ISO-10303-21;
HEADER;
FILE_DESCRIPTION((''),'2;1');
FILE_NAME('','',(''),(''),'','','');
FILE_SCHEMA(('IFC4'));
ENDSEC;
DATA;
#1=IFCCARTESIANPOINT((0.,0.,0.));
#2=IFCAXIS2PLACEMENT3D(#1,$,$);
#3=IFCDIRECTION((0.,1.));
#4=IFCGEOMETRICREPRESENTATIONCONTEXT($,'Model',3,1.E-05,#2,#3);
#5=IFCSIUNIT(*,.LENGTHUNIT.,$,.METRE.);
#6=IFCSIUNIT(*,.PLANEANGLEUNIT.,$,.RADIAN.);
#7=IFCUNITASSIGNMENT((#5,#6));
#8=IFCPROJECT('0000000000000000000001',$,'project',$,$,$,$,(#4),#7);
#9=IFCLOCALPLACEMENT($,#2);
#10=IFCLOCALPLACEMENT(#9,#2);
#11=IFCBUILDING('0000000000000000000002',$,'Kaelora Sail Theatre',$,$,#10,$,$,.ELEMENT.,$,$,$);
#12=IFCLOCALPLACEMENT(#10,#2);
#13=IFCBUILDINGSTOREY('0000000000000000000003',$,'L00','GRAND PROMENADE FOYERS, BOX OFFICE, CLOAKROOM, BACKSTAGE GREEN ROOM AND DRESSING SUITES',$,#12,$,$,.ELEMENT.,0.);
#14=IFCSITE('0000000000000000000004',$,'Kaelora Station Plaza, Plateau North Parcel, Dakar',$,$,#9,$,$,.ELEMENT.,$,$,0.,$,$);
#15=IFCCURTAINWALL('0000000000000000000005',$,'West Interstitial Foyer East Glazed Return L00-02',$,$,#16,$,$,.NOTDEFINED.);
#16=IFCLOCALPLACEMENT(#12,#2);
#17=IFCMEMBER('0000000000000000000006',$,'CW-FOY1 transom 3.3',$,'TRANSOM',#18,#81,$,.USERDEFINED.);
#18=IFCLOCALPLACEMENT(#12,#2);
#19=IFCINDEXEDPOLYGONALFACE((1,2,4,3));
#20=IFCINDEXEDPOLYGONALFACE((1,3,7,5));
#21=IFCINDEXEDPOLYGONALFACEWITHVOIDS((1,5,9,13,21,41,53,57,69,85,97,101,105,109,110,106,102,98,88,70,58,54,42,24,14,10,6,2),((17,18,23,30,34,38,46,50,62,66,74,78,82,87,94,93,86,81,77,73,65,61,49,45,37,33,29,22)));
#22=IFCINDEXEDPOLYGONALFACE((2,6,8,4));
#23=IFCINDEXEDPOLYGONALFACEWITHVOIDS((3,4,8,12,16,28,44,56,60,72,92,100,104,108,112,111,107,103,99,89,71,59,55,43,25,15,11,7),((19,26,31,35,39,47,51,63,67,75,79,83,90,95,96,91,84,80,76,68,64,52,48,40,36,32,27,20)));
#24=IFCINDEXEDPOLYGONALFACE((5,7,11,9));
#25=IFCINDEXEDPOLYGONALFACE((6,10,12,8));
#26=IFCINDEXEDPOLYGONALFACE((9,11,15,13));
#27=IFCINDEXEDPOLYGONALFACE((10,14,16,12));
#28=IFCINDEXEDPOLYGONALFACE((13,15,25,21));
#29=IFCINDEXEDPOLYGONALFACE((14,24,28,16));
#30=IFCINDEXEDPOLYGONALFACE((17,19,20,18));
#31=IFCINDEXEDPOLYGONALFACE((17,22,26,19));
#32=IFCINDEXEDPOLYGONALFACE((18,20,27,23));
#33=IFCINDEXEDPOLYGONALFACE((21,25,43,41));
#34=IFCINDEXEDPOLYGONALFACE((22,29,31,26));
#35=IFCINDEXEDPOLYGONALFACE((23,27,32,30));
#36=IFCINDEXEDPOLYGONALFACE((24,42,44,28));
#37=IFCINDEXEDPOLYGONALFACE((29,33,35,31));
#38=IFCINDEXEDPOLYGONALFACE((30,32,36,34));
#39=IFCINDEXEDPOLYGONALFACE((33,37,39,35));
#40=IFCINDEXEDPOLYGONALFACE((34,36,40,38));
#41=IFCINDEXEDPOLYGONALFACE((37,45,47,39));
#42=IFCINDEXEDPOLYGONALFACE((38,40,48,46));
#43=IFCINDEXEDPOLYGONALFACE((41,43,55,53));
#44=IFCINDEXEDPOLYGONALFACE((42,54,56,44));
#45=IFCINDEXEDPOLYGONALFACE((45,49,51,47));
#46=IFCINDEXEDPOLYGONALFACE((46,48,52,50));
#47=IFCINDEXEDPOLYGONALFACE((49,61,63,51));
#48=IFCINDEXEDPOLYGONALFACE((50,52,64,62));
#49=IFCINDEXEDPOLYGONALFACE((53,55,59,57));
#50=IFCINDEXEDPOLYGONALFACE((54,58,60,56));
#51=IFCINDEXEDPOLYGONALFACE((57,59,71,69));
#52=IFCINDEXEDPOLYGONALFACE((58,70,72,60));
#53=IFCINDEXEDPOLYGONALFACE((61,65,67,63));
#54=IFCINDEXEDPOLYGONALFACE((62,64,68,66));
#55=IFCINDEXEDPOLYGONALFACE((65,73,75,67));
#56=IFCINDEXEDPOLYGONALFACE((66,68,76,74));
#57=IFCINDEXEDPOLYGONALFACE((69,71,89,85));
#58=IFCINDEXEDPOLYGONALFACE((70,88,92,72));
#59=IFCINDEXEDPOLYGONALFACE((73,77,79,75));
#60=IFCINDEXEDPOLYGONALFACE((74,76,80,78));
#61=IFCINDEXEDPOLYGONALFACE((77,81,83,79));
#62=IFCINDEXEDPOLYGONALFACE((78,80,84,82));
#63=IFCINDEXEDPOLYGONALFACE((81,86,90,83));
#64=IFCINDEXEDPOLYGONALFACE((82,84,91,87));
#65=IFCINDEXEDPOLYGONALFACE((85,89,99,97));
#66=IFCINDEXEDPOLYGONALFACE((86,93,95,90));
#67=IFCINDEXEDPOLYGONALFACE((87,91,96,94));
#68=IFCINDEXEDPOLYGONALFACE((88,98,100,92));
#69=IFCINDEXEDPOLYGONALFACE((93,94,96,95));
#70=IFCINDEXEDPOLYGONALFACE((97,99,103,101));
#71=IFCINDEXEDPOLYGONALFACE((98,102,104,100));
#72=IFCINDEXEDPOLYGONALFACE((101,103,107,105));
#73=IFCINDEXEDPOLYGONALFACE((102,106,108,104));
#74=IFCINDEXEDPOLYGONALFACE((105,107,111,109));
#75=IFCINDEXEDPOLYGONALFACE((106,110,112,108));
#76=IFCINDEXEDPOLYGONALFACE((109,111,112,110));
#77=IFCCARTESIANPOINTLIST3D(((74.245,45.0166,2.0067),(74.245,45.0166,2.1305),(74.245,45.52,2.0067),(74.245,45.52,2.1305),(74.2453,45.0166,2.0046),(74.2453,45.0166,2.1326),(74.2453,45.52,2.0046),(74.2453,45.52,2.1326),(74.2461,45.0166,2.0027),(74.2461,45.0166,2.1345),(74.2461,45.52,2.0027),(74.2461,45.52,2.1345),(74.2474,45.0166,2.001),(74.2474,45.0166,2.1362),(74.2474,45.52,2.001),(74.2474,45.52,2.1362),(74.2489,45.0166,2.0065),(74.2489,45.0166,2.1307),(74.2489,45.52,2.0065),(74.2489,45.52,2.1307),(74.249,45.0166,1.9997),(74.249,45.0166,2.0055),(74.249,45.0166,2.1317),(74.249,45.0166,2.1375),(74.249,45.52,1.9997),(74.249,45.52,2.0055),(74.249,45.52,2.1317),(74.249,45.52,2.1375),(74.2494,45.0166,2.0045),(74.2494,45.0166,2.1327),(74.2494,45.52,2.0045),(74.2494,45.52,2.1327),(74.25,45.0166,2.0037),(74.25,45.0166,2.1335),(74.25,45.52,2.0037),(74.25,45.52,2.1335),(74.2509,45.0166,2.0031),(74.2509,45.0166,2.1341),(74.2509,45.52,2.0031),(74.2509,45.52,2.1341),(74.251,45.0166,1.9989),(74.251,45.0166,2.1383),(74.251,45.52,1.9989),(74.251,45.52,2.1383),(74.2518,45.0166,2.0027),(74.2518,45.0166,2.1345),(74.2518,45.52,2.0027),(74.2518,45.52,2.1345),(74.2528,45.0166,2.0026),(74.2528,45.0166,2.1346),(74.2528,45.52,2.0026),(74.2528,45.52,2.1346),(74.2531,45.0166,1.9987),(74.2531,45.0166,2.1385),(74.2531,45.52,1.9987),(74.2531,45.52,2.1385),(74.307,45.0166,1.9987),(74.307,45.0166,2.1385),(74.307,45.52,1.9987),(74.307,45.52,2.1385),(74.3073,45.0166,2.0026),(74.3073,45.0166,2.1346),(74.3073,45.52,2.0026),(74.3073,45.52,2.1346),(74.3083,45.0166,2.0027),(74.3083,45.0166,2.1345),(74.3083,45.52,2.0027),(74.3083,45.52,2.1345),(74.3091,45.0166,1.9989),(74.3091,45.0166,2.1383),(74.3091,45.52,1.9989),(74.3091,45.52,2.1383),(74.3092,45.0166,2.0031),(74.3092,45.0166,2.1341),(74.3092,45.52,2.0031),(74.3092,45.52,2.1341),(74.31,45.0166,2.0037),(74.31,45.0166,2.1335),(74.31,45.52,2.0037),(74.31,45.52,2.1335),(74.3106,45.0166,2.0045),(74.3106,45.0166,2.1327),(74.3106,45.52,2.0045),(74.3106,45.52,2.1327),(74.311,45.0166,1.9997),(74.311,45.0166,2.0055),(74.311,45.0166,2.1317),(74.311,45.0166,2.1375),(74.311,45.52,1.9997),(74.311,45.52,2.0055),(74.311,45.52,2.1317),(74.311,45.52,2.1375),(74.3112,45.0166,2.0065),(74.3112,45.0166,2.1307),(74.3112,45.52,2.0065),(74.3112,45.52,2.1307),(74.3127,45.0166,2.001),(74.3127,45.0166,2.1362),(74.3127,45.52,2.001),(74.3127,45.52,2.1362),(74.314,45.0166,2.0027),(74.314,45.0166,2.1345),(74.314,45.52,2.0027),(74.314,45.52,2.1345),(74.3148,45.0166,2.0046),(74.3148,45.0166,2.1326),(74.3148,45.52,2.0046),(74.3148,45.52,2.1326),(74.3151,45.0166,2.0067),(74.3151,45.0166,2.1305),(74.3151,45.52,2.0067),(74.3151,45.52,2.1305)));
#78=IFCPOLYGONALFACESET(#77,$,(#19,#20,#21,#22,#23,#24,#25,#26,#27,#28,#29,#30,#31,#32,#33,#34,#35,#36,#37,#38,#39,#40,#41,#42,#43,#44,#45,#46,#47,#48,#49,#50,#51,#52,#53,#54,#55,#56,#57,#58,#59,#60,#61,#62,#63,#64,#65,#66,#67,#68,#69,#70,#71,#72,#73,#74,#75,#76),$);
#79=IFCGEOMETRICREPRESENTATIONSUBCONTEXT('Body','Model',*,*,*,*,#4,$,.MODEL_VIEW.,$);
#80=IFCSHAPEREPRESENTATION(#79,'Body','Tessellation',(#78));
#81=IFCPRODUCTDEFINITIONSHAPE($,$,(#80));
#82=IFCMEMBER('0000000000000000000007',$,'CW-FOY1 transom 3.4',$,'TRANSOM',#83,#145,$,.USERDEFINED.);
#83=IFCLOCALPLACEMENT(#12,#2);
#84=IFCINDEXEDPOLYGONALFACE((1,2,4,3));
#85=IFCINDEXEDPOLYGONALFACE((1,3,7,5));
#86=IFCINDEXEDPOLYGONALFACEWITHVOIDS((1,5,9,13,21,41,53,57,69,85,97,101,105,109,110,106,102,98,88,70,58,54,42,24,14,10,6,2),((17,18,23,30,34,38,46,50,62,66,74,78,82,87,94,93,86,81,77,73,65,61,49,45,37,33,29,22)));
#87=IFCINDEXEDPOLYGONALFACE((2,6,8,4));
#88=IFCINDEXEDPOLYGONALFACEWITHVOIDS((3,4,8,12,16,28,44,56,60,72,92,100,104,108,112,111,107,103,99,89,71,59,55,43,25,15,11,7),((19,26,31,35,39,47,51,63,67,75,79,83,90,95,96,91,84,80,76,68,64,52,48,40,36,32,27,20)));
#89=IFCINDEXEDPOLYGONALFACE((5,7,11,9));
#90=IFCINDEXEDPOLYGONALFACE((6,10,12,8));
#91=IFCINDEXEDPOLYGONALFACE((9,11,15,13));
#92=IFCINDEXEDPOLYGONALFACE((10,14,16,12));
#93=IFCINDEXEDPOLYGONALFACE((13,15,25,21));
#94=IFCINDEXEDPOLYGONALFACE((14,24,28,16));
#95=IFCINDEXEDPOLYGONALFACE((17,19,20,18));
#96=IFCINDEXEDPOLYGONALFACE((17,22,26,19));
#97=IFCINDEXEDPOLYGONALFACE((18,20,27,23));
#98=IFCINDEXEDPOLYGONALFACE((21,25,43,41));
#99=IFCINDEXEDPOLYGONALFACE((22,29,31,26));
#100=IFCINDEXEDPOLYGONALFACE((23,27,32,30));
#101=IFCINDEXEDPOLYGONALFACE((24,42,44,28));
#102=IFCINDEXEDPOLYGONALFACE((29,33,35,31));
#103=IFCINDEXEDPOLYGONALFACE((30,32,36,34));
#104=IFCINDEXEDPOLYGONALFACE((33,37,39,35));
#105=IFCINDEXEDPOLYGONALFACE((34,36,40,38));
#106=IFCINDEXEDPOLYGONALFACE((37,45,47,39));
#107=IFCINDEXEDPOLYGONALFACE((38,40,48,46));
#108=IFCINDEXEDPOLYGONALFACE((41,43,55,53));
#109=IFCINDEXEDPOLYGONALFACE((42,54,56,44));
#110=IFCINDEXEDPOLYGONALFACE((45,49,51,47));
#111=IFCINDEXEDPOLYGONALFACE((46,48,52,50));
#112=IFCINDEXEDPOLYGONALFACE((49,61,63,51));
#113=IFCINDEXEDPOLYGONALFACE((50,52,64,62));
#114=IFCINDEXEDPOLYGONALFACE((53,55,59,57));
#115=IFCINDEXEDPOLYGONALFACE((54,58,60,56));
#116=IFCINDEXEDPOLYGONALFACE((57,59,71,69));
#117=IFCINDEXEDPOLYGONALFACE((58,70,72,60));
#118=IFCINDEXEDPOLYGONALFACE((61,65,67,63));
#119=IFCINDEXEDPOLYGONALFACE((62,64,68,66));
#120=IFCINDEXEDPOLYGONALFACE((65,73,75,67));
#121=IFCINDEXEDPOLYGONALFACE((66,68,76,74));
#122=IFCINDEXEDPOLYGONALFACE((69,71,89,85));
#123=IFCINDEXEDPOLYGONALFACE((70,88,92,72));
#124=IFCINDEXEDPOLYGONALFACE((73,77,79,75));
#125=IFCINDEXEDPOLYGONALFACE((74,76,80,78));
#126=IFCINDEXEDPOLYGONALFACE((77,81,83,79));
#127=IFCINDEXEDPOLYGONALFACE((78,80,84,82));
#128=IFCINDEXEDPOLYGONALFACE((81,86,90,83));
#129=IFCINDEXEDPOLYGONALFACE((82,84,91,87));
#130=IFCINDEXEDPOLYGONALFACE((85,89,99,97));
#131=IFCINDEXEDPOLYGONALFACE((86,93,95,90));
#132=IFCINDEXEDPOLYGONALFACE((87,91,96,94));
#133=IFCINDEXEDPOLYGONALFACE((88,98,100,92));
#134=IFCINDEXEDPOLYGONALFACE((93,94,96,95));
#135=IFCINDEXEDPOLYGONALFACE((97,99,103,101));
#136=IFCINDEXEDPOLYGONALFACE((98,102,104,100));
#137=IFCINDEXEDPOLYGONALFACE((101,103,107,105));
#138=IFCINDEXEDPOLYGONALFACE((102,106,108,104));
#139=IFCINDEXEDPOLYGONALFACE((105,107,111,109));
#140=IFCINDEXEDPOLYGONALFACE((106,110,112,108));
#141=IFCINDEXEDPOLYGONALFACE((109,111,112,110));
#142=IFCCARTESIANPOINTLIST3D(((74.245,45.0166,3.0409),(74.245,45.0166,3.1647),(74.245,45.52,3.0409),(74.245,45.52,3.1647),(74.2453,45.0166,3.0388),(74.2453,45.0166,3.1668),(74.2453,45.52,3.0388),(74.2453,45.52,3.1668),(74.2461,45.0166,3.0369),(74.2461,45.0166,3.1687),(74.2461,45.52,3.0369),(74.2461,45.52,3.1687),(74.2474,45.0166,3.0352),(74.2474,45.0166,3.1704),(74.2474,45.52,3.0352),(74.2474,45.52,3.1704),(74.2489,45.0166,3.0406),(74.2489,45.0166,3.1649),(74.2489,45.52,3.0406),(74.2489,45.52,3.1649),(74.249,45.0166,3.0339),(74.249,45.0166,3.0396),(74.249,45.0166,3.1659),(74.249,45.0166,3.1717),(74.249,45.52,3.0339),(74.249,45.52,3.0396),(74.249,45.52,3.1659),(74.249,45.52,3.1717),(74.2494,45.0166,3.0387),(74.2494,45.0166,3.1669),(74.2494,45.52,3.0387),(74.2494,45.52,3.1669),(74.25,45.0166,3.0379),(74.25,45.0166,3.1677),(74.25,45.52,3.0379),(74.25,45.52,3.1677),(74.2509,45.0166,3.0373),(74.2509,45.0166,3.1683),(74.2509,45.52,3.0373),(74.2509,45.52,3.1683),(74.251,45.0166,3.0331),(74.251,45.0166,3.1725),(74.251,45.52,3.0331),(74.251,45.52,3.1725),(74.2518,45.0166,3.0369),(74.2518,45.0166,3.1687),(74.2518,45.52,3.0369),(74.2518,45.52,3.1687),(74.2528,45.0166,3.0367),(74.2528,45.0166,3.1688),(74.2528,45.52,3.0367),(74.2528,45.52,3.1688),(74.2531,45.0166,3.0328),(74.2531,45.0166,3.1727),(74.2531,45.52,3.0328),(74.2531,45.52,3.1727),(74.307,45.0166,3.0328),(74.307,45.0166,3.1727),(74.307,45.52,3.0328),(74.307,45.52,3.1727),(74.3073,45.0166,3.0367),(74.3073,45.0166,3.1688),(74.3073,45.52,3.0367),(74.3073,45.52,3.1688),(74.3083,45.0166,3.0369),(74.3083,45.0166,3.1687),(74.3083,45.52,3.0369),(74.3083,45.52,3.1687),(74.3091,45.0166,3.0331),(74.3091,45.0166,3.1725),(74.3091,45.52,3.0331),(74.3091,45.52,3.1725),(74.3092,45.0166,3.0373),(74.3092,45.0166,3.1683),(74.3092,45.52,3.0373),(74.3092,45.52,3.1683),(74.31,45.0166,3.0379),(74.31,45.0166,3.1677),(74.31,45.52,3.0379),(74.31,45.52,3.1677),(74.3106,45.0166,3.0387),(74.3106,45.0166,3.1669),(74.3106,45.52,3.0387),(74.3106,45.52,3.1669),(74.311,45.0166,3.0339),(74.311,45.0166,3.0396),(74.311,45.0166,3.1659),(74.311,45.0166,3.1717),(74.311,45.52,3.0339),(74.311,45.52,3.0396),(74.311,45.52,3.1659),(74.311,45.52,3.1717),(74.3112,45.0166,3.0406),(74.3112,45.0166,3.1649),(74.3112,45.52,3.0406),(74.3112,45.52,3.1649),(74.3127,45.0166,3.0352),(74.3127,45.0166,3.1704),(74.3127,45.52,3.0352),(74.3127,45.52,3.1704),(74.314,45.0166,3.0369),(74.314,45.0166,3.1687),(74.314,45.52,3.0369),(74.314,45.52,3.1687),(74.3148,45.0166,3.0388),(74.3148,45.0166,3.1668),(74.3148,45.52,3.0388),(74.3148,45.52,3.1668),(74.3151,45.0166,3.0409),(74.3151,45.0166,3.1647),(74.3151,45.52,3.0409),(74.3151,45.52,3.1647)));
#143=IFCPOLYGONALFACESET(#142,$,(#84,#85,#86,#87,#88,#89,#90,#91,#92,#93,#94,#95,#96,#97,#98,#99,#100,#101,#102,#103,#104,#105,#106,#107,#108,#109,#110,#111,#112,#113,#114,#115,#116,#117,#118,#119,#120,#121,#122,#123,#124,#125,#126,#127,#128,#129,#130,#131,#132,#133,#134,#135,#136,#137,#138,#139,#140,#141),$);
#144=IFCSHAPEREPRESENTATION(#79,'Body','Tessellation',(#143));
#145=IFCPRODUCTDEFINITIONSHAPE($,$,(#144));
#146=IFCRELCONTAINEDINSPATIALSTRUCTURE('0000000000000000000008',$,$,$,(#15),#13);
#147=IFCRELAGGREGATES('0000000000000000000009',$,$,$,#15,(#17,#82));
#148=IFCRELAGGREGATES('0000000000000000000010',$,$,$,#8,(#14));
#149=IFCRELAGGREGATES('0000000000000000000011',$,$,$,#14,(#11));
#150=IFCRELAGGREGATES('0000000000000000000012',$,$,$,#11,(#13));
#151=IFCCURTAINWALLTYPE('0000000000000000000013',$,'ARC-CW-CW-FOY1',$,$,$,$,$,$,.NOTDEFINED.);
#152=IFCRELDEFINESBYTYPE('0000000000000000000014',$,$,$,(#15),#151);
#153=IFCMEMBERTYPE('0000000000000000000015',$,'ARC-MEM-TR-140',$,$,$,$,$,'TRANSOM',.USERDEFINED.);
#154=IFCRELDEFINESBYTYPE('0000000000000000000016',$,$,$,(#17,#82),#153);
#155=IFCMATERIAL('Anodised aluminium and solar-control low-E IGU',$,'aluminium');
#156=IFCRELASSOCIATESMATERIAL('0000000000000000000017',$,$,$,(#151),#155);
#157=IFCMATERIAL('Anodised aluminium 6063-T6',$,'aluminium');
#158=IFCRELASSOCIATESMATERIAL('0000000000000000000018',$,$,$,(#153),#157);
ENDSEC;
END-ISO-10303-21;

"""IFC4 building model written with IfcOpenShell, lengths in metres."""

from ifc_helpers import new_model, si_unit, direction, frame, origin, origin_2d, place, context, subcontext, project, spatial, hollow_rectangle, extrude, material, material_profile, profile_set, type_object, element, aggregate, save


model = new_model("IFC4")

# Units and contexts
model_context = context("Model", 3, precision=1e-05, world=origin(), true_north=direction((0.0, 1.0)))
body_context = subcontext(model_context, "Body", "Model", "MODEL_VIEW")
ifc_project = project(units=[si_unit("LENGTHUNIT", "METRE"), si_unit("PLANEANGLEUNIT", "RADIAN")], contexts=[model_context])

# Site, building, storey
site_placement = place(None, origin())
site = spatial("IfcSite", under=ifc_project, at=site_placement, Name="Kaelora Station Plaza, Plateau North Parcel, Dakar", CompositionType="ELEMENT", RefElevation=0.0)
building_placement = place(site_placement, origin())
building = spatial("IfcBuilding", under=site, at=building_placement, Name="Kaelora Sail Theatre", CompositionType="ELEMENT")
storey_placement = place(building_placement, origin())
storey = spatial("IfcBuildingStorey", under=building, at=storey_placement, Name="L00", Description="GRAND PROMENADE FOYERS, BOX OFFICE, CLOAKROOM, BACKSTAGE GREEN ROOM AND DRESSING SUITES", CompositionType="ELEMENT", Elevation=0.0)

# Curtain wall, members
ifc_material_1 = material(Name="Anodised aluminium and solar-control low-E IGU", Category="aluminium")
curtain_wall_type = type_object("IfcCurtainWallType", Name="ARC-CW-CW-FOY1", PredefinedType="NOTDEFINED", material=ifc_material_1)
curtain_wall_1_placement = place(storey_placement, origin())
curtain_wall_1 = element("IfcCurtainWall", 1, at=curtain_wall_1_placement, inside=storey, type_object=curtain_wall_type, Name="West Interstitial Foyer East Glazed Return L00-02", PredefinedType="NOTDEFINED")
ifc_material_2 = material(Name="Anodised aluminium 6063-T6", Category="aluminium")
ifc_material_profile = material_profile(ifc_material_2, hollow_rectangle(XDim=0.0701, YDim=0.1399, WallThickness=0.0039, InnerFilletRadius=0.0039, OuterFilletRadius=0.0081, at=origin_2d()), Name="ALU-TRAN 70x140x4")
ifc_profile_set = profile_set([ifc_material_profile], Name="Anodised aluminium 6063-T6")
member_type = type_object("IfcMemberType", Name="ARC-MEM-TR-140", ElementType="TRANSOM", PredefinedType="USERDEFINED", material=ifc_profile_set)
member_1_placement = place(storey_placement, frame((74.28, 45.0166, 2.0686), z_axis=(0.0, 1.0, 0.0), x_axis=(-1.0, 0.0, 0.0)))
member_1 = element("IfcMember", 2, at=member_1_placement, type_object=member_type, Name="CW-FOY1 transom 3.3", ObjectType="TRANSOM", PredefinedType="USERDEFINED", context=body_context, shape_type="SweptSolid", body=[
    extrude(hollow_rectangle(XDim=0.0701, YDim=0.1399, WallThickness=0.0039, InnerFilletRadius=0.0039, OuterFilletRadius=0.0081, at=origin_2d()), origin(), (0.0, 0.0, 1.0), 0.5034),
])
member_2_placement = place(storey_placement, frame((74.28, 45.0166, 3.1028), z_axis=(0.0, 1.0, 0.0), x_axis=(-1.0, 0.0, 0.0)))
member_2 = element("IfcMember", 3, at=member_2_placement, type_object=member_type, Name="CW-FOY1 transom 3.4", ObjectType="TRANSOM", PredefinedType="USERDEFINED", context=body_context, shape_type="SweptSolid", body=[
    extrude(hollow_rectangle(XDim=0.0701, YDim=0.1399, WallThickness=0.0039, InnerFilletRadius=0.0039, OuterFilletRadius=0.0081, at=origin_2d()), origin(), (0.0, 0.0, 1.0), 0.5034),
])

aggregate(curtain_wall_1, [member_1, member_2])

save(model, "model.ifc")
